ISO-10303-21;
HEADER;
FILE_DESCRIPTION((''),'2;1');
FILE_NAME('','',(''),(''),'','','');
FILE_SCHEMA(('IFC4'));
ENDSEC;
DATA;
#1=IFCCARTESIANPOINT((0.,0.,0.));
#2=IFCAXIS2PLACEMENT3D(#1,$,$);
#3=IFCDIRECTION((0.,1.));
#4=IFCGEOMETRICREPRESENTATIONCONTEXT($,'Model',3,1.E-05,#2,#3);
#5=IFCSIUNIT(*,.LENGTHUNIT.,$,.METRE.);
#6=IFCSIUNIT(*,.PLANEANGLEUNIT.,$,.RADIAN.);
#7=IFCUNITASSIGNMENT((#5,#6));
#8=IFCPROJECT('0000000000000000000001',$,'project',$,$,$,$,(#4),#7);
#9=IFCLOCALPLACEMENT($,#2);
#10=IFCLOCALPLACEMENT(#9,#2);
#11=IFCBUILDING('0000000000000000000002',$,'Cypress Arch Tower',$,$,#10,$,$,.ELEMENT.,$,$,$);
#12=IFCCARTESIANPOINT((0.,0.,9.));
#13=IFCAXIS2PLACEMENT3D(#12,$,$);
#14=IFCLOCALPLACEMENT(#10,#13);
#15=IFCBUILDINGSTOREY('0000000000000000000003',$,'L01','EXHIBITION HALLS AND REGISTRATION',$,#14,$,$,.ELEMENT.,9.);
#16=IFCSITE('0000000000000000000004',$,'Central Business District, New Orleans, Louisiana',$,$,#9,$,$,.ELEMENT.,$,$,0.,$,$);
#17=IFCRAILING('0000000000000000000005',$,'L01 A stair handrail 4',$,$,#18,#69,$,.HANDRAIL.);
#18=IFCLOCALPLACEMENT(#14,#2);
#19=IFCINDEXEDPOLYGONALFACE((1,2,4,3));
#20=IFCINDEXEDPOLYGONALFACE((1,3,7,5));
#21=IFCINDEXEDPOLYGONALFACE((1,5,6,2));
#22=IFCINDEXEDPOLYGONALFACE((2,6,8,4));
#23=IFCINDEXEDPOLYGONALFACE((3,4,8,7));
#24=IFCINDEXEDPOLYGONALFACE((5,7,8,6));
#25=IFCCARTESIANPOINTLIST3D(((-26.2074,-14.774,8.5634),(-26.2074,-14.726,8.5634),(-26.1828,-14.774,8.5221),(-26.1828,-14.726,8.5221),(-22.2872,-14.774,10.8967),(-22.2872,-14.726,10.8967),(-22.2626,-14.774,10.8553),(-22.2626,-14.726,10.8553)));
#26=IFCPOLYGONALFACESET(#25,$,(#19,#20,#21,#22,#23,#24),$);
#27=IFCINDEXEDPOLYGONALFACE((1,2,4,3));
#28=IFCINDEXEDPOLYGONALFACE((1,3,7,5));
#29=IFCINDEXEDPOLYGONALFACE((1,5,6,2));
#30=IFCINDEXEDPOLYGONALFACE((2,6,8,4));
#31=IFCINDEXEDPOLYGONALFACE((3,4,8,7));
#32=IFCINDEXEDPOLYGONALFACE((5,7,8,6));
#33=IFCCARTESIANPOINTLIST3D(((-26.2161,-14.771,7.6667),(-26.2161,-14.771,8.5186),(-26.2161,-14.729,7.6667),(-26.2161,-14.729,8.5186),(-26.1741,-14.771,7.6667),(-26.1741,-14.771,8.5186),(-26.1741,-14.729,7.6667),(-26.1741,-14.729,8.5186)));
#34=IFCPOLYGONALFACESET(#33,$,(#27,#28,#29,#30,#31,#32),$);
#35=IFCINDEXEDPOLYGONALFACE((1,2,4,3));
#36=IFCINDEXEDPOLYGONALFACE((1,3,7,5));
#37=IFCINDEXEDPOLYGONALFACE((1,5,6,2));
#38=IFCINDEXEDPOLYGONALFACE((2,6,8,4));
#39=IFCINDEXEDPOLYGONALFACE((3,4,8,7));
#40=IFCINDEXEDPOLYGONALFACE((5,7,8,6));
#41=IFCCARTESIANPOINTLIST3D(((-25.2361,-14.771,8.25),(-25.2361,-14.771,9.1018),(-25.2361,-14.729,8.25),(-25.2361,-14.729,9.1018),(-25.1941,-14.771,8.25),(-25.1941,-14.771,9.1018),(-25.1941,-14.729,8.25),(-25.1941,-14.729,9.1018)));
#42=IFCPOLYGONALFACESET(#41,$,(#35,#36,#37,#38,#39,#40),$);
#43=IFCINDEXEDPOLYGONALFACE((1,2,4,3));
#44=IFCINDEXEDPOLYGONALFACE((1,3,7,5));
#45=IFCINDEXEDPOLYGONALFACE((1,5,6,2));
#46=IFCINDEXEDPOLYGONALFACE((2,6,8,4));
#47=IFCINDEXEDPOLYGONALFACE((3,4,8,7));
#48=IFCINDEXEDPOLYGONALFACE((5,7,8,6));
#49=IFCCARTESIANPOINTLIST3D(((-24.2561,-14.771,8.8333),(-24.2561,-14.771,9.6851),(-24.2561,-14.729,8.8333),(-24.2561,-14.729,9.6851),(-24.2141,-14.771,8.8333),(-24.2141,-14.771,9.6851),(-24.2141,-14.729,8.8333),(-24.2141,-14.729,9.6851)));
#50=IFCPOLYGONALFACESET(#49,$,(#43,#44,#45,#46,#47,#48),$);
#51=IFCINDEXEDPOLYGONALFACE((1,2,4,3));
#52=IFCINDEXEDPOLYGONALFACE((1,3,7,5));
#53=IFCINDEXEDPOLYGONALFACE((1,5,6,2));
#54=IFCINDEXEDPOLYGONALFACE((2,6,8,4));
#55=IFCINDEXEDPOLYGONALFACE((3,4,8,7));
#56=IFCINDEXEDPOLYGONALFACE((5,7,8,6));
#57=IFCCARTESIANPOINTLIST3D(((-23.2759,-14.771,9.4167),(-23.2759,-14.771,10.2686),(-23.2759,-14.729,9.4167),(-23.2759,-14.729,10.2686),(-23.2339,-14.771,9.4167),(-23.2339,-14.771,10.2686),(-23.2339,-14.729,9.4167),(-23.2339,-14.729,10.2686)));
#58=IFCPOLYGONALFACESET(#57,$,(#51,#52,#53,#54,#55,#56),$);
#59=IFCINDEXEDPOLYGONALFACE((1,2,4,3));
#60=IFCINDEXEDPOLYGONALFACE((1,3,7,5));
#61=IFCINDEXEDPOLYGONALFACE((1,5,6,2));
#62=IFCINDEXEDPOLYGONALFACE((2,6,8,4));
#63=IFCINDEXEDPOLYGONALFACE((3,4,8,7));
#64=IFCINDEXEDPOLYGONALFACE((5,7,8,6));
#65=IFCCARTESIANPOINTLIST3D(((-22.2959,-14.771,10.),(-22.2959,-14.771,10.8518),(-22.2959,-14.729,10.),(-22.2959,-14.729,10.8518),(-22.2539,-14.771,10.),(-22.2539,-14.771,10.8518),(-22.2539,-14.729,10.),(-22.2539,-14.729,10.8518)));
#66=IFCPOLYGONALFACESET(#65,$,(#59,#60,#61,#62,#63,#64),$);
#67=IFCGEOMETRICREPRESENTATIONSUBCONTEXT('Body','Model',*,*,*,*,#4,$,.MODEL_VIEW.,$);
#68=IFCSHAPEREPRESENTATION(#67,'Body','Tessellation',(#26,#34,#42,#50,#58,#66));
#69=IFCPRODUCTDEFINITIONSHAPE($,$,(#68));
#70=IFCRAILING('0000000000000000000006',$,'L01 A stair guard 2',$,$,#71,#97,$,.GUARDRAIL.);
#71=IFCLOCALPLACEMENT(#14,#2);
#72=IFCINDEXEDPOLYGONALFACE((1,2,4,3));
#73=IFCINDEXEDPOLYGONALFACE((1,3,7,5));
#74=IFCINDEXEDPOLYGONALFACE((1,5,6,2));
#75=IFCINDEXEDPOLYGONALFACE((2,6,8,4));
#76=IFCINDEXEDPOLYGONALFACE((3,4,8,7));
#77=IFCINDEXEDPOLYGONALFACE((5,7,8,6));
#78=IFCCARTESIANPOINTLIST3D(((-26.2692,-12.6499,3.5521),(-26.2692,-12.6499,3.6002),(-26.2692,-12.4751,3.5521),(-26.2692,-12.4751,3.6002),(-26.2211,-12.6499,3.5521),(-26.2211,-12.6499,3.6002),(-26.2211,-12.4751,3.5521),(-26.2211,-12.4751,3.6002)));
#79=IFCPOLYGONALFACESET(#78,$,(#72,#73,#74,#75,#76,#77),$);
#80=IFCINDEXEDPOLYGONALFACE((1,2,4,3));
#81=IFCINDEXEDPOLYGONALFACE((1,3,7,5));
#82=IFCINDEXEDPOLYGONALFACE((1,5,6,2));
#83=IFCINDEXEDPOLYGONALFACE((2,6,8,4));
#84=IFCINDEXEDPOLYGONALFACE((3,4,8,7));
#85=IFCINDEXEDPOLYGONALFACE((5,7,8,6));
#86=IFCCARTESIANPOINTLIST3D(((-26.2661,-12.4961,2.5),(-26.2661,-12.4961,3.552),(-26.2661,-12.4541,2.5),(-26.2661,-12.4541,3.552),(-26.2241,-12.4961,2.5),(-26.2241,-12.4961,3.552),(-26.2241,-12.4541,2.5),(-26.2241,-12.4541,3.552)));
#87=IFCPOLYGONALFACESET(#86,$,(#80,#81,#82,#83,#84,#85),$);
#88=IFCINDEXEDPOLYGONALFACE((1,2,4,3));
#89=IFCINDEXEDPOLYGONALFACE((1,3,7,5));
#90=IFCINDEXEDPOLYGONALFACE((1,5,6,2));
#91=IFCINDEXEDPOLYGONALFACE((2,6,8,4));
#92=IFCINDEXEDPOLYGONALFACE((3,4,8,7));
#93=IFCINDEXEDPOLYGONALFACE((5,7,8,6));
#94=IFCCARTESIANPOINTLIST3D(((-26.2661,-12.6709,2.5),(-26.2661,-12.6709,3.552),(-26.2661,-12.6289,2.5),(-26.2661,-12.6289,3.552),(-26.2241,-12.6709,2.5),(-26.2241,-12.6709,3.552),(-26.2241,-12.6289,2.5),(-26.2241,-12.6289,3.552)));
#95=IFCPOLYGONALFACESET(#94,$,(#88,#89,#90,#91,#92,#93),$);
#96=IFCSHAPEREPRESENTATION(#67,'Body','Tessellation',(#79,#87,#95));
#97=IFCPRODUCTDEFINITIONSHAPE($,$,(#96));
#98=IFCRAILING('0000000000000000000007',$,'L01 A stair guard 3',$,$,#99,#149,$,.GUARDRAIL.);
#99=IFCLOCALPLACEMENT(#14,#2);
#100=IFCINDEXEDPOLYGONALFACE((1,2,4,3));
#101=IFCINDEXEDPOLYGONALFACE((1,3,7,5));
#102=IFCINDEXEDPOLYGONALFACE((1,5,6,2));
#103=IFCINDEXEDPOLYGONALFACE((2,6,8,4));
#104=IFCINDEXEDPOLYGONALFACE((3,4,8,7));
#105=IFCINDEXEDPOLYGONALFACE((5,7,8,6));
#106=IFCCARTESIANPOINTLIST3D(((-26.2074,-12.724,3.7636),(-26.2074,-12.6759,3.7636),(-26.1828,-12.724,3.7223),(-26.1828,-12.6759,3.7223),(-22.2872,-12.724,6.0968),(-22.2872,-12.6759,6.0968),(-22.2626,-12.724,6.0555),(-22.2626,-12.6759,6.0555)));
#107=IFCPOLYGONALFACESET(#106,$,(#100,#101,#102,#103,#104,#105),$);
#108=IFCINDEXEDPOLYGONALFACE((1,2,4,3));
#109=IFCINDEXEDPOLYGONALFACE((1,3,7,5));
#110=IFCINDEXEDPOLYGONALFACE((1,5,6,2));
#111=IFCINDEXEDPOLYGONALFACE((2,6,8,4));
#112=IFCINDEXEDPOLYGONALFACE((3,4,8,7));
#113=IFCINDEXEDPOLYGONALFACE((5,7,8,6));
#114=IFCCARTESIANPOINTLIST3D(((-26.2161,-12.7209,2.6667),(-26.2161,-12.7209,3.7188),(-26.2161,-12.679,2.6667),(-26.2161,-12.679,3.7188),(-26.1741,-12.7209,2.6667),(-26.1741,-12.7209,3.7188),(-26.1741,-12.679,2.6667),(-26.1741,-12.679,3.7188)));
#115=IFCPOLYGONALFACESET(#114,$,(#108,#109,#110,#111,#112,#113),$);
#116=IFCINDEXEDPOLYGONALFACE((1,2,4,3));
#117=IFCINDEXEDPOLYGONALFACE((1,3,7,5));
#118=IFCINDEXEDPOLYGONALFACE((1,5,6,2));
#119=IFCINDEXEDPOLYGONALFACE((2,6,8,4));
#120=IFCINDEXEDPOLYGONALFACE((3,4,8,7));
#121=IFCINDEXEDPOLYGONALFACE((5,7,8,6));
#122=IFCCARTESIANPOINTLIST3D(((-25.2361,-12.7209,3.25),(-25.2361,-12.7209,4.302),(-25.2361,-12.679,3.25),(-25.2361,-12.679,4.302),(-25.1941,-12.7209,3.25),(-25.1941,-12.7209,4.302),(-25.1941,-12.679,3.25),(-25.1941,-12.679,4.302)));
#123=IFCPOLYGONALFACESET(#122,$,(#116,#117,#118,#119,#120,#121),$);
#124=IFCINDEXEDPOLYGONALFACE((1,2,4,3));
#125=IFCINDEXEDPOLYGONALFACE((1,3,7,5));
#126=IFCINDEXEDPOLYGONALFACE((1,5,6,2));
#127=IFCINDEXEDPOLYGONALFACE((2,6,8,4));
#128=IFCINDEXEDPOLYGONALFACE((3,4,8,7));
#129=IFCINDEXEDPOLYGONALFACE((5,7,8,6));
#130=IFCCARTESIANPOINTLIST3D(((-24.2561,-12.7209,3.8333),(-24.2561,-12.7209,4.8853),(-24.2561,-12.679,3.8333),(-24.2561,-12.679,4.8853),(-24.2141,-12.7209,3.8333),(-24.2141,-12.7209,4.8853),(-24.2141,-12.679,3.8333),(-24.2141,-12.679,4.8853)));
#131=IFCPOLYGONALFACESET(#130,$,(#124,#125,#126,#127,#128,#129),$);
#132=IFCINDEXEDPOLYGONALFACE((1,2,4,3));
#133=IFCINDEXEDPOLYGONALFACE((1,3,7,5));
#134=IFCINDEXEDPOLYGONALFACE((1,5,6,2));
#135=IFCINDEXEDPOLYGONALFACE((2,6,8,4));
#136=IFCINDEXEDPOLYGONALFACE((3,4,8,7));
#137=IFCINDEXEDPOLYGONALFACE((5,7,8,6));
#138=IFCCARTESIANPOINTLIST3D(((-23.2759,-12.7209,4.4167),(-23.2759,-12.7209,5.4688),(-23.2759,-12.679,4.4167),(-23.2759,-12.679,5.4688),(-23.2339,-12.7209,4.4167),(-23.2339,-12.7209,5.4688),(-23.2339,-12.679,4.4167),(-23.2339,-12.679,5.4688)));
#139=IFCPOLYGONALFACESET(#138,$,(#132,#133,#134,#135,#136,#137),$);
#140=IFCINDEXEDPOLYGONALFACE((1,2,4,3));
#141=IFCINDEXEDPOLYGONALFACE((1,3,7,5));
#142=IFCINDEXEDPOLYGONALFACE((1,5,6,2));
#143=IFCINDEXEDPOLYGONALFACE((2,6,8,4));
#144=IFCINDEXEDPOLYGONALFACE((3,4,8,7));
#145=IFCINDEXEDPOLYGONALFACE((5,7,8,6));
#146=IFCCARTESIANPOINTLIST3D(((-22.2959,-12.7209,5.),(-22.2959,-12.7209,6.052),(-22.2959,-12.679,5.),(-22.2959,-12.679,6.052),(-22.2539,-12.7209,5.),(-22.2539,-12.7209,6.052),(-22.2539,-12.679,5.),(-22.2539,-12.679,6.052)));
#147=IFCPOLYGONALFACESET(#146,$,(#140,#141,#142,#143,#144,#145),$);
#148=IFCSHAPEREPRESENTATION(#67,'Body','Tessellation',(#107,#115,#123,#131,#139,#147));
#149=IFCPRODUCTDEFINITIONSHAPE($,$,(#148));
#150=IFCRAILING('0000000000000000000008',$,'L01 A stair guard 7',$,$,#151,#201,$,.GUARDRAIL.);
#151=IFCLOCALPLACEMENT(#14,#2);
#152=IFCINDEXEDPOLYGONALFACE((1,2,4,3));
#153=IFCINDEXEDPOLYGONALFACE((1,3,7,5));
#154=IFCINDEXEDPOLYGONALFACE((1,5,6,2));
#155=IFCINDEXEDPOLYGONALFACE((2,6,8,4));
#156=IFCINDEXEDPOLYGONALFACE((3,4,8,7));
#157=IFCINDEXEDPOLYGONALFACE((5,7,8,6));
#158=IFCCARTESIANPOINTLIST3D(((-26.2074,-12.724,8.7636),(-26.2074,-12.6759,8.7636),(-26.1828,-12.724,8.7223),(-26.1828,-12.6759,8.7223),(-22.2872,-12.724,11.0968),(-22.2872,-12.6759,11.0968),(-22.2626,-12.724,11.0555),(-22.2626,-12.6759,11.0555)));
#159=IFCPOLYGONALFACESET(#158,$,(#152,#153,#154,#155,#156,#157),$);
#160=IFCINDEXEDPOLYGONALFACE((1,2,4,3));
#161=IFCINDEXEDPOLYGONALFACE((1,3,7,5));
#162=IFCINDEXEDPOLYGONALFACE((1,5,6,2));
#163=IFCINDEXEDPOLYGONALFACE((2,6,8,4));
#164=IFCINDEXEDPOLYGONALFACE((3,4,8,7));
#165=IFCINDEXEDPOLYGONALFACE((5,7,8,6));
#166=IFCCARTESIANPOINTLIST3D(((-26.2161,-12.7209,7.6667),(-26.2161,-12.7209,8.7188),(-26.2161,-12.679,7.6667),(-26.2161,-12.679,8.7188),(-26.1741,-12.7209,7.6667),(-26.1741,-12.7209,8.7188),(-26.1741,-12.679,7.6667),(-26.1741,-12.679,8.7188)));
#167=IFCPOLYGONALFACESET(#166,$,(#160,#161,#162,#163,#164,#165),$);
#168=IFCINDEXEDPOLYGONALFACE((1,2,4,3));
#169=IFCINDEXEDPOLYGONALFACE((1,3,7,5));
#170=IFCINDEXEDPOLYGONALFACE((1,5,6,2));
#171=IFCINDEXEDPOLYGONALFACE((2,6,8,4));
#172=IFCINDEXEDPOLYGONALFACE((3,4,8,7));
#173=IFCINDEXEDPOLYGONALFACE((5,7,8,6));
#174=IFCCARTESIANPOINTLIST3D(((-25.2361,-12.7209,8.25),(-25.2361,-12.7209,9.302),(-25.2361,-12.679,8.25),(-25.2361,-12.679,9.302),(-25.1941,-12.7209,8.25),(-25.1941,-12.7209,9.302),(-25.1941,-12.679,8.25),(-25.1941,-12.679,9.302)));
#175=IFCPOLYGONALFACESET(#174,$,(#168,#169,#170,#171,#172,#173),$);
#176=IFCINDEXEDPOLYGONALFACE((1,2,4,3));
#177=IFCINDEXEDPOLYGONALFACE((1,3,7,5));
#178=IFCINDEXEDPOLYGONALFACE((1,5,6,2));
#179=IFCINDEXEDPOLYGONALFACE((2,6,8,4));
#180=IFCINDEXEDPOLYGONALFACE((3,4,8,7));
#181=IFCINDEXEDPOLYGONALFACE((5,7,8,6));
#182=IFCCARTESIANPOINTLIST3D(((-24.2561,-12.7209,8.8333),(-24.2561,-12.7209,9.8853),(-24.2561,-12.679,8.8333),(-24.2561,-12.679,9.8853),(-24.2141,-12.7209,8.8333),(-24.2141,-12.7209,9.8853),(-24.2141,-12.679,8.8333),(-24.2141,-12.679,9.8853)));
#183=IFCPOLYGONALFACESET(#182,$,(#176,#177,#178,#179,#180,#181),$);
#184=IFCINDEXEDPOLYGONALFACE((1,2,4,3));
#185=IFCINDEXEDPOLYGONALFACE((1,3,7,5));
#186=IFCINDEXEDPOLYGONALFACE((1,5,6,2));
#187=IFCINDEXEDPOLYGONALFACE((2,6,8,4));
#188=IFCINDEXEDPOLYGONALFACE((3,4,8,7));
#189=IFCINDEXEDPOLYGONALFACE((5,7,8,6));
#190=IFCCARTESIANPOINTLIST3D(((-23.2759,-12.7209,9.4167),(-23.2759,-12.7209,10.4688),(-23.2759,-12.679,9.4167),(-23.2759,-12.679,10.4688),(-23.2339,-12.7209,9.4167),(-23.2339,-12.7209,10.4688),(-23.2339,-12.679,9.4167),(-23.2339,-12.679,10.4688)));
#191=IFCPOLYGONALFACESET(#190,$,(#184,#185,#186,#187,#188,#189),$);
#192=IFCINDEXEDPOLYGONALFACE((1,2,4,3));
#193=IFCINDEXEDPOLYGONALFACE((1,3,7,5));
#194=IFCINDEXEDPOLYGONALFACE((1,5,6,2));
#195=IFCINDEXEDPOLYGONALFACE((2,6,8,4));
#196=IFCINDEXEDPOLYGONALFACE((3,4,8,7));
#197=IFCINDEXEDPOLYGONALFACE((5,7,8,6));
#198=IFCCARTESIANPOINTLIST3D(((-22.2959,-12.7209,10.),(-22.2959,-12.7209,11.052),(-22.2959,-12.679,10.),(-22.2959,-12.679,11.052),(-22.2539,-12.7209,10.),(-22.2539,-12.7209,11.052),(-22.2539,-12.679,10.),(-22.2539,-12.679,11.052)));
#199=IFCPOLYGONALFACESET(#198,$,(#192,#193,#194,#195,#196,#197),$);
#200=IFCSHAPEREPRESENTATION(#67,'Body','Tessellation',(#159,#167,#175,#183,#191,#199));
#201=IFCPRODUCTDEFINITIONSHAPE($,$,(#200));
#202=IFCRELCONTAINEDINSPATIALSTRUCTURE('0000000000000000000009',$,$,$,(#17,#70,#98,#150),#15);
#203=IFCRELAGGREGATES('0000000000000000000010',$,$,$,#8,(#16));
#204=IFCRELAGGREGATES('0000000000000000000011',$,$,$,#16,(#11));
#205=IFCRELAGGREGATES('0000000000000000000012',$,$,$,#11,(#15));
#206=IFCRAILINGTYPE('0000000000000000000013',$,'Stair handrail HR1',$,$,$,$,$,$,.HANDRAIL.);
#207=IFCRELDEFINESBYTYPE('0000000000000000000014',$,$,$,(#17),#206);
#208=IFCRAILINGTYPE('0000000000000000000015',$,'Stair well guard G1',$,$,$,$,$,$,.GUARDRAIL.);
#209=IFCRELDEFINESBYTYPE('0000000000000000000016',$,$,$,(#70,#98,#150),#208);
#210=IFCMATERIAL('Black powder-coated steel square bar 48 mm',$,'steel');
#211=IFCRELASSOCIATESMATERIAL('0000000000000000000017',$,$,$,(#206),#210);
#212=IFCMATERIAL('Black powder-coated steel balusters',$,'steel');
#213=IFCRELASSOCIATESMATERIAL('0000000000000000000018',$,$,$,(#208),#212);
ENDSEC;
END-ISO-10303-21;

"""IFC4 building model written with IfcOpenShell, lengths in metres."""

from ifc_helpers import new_model, si_unit, direction, frame, origin, origin_2d, place, context, subcontext, project, spatial, rectangle, extrude, material, type_object, element, save


model = new_model("IFC4")

# Units and contexts
model_context = context("Model", 3, precision=1e-05, world=origin(), true_north=direction((0.0, 1.0)))
body_context = subcontext(model_context, "Body", "Model", "MODEL_VIEW")
ifc_project = project(units=[si_unit("LENGTHUNIT", "METRE"), si_unit("PLANEANGLEUNIT", "RADIAN")], contexts=[model_context])

# Site, building, storey
site_placement = place(None, origin())
site = spatial("IfcSite", under=ifc_project, at=site_placement, Name="Central Business District, New Orleans, Louisiana", CompositionType="ELEMENT", RefElevation=0.0)
building_placement = place(site_placement, origin())
building = spatial("IfcBuilding", under=site, at=building_placement, Name="Cypress Arch Tower", CompositionType="ELEMENT")
storey_placement = place(building_placement, frame((0.0, 0.0, 9.0)))
storey = spatial("IfcBuildingStorey", under=building, at=storey_placement, Name="L01", Description="EXHIBITION HALLS AND REGISTRATION", CompositionType="ELEMENT", Elevation=9.0)

# Railings
ifc_material_1 = material(Name="Black powder-coated steel square bar 48 mm", Category="steel")
railing_type_1 = type_object("IfcRailingType", Name="Stair handrail HR1", PredefinedType="HANDRAIL", material=ifc_material_1)
for number, where, name in (
    (1, (-26.1951, -14.75, 7.6667), "L01 A stair handrail 4"),
):
    element("IfcRailing", number, at=place(storey_placement, frame(where)), inside=storey, type_object=railing_type_1, Name=name, PredefinedType="HANDRAIL", context=body_context, shape_type="SweptSolid", body=[
        extrude(rectangle(XDim=0.0481, YDim=0.0481, at=origin_2d()), frame((0.0, 0.0, 0.876), z_axis=(0.85931, 0.0, 0.511455), x_axis=(0.0, 1.0, 0.0)), (0.0, 0.0, 1.0), 4.562),
        extrude(rectangle(XDim=0.042, YDim=0.042, at=origin_2d()), origin(), (0.0, 0.0, 1.0), 0.8518),
        extrude(rectangle(XDim=0.042, YDim=0.042, at=origin_2d()), frame((0.98, 0.0, 0.5833)), (0.0, 0.0, 1.0), 0.8518),
        extrude(rectangle(XDim=0.042, YDim=0.042, at=origin_2d()), frame((1.96, 0.0, 1.1665)), (0.0, 0.0, 1.0), 0.8518),
        extrude(rectangle(XDim=0.042, YDim=0.042, at=origin_2d()), frame((2.9402, 0.0, 1.75)), (0.0, 0.0, 1.0), 0.8518),
        extrude(rectangle(XDim=0.042, YDim=0.042, at=origin_2d()), frame((3.9202, 0.0, 2.3333)), (0.0, 0.0, 1.0), 0.8518),
    ])
ifc_material_2 = material(Name="Black powder-coated steel balusters", Category="steel")
railing_type_2 = type_object("IfcRailingType", Name="Stair well guard G1", PredefinedType="GUARDRAIL", material=ifc_material_2)
railing_placement = place(storey_placement, frame((-26.2451, -12.4751, 2.5)))
element("IfcRailing", 2, at=railing_placement, inside=storey, type_object=railing_type_2, Name="L01 A stair guard 2", PredefinedType="GUARDRAIL", context=body_context, shape_type="SweptSolid", body=[
    extrude(rectangle(XDim=0.0481, YDim=0.0481, at=origin_2d()), frame((0.0, 0.0, 1.0762), z_axis=(0.0, -1.0, 0.0), x_axis=(1.0, 0.0, 0.0)), (0.0, 0.0, 1.0), 0.1748),
    extrude(rectangle(XDim=0.042, YDim=0.042, at=origin_2d()), origin(), (0.0, 0.0, 1.0), 1.052),
    extrude(rectangle(XDim=0.042, YDim=0.042, at=origin_2d()), frame((0.0, -0.1748, 0.0)), (0.0, 0.0, 1.0), 1.052),
])
for number, where, name in (
    (3, (-26.1951, -12.7, 2.6667), "L01 A stair guard 3"),
    (4, (-26.1951, -12.7, 7.6667), "L01 A stair guard 7"),
):
    element("IfcRailing", number, at=place(storey_placement, frame(where)), inside=storey, type_object=railing_type_2, Name=name, PredefinedType="GUARDRAIL", context=body_context, shape_type="SweptSolid", body=[
        extrude(rectangle(XDim=0.0481, YDim=0.0481, at=origin_2d()), frame((0.0, 0.0, 1.0762), z_axis=(0.85931, 0.0, 0.511455), x_axis=(0.0, 1.0, 0.0)), (0.0, 0.0, 1.0), 4.562),
        extrude(rectangle(XDim=0.042, YDim=0.042, at=origin_2d()), origin(), (0.0, 0.0, 1.0), 1.052),
        extrude(rectangle(XDim=0.042, YDim=0.042, at=origin_2d()), frame((0.98, 0.0, 0.5833)), (0.0, 0.0, 1.0), 1.052),
        extrude(rectangle(XDim=0.042, YDim=0.042, at=origin_2d()), frame((1.96, 0.0, 1.1665)), (0.0, 0.0, 1.0), 1.052),
        extrude(rectangle(XDim=0.042, YDim=0.042, at=origin_2d()), frame((2.9402, 0.0, 1.75)), (0.0, 0.0, 1.0), 1.052),
        extrude(rectangle(XDim=0.042, YDim=0.042, at=origin_2d()), frame((3.9202, 0.0, 2.3333)), (0.0, 0.0, 1.0), 1.052),
    ])

save(model, "model.ifc")
